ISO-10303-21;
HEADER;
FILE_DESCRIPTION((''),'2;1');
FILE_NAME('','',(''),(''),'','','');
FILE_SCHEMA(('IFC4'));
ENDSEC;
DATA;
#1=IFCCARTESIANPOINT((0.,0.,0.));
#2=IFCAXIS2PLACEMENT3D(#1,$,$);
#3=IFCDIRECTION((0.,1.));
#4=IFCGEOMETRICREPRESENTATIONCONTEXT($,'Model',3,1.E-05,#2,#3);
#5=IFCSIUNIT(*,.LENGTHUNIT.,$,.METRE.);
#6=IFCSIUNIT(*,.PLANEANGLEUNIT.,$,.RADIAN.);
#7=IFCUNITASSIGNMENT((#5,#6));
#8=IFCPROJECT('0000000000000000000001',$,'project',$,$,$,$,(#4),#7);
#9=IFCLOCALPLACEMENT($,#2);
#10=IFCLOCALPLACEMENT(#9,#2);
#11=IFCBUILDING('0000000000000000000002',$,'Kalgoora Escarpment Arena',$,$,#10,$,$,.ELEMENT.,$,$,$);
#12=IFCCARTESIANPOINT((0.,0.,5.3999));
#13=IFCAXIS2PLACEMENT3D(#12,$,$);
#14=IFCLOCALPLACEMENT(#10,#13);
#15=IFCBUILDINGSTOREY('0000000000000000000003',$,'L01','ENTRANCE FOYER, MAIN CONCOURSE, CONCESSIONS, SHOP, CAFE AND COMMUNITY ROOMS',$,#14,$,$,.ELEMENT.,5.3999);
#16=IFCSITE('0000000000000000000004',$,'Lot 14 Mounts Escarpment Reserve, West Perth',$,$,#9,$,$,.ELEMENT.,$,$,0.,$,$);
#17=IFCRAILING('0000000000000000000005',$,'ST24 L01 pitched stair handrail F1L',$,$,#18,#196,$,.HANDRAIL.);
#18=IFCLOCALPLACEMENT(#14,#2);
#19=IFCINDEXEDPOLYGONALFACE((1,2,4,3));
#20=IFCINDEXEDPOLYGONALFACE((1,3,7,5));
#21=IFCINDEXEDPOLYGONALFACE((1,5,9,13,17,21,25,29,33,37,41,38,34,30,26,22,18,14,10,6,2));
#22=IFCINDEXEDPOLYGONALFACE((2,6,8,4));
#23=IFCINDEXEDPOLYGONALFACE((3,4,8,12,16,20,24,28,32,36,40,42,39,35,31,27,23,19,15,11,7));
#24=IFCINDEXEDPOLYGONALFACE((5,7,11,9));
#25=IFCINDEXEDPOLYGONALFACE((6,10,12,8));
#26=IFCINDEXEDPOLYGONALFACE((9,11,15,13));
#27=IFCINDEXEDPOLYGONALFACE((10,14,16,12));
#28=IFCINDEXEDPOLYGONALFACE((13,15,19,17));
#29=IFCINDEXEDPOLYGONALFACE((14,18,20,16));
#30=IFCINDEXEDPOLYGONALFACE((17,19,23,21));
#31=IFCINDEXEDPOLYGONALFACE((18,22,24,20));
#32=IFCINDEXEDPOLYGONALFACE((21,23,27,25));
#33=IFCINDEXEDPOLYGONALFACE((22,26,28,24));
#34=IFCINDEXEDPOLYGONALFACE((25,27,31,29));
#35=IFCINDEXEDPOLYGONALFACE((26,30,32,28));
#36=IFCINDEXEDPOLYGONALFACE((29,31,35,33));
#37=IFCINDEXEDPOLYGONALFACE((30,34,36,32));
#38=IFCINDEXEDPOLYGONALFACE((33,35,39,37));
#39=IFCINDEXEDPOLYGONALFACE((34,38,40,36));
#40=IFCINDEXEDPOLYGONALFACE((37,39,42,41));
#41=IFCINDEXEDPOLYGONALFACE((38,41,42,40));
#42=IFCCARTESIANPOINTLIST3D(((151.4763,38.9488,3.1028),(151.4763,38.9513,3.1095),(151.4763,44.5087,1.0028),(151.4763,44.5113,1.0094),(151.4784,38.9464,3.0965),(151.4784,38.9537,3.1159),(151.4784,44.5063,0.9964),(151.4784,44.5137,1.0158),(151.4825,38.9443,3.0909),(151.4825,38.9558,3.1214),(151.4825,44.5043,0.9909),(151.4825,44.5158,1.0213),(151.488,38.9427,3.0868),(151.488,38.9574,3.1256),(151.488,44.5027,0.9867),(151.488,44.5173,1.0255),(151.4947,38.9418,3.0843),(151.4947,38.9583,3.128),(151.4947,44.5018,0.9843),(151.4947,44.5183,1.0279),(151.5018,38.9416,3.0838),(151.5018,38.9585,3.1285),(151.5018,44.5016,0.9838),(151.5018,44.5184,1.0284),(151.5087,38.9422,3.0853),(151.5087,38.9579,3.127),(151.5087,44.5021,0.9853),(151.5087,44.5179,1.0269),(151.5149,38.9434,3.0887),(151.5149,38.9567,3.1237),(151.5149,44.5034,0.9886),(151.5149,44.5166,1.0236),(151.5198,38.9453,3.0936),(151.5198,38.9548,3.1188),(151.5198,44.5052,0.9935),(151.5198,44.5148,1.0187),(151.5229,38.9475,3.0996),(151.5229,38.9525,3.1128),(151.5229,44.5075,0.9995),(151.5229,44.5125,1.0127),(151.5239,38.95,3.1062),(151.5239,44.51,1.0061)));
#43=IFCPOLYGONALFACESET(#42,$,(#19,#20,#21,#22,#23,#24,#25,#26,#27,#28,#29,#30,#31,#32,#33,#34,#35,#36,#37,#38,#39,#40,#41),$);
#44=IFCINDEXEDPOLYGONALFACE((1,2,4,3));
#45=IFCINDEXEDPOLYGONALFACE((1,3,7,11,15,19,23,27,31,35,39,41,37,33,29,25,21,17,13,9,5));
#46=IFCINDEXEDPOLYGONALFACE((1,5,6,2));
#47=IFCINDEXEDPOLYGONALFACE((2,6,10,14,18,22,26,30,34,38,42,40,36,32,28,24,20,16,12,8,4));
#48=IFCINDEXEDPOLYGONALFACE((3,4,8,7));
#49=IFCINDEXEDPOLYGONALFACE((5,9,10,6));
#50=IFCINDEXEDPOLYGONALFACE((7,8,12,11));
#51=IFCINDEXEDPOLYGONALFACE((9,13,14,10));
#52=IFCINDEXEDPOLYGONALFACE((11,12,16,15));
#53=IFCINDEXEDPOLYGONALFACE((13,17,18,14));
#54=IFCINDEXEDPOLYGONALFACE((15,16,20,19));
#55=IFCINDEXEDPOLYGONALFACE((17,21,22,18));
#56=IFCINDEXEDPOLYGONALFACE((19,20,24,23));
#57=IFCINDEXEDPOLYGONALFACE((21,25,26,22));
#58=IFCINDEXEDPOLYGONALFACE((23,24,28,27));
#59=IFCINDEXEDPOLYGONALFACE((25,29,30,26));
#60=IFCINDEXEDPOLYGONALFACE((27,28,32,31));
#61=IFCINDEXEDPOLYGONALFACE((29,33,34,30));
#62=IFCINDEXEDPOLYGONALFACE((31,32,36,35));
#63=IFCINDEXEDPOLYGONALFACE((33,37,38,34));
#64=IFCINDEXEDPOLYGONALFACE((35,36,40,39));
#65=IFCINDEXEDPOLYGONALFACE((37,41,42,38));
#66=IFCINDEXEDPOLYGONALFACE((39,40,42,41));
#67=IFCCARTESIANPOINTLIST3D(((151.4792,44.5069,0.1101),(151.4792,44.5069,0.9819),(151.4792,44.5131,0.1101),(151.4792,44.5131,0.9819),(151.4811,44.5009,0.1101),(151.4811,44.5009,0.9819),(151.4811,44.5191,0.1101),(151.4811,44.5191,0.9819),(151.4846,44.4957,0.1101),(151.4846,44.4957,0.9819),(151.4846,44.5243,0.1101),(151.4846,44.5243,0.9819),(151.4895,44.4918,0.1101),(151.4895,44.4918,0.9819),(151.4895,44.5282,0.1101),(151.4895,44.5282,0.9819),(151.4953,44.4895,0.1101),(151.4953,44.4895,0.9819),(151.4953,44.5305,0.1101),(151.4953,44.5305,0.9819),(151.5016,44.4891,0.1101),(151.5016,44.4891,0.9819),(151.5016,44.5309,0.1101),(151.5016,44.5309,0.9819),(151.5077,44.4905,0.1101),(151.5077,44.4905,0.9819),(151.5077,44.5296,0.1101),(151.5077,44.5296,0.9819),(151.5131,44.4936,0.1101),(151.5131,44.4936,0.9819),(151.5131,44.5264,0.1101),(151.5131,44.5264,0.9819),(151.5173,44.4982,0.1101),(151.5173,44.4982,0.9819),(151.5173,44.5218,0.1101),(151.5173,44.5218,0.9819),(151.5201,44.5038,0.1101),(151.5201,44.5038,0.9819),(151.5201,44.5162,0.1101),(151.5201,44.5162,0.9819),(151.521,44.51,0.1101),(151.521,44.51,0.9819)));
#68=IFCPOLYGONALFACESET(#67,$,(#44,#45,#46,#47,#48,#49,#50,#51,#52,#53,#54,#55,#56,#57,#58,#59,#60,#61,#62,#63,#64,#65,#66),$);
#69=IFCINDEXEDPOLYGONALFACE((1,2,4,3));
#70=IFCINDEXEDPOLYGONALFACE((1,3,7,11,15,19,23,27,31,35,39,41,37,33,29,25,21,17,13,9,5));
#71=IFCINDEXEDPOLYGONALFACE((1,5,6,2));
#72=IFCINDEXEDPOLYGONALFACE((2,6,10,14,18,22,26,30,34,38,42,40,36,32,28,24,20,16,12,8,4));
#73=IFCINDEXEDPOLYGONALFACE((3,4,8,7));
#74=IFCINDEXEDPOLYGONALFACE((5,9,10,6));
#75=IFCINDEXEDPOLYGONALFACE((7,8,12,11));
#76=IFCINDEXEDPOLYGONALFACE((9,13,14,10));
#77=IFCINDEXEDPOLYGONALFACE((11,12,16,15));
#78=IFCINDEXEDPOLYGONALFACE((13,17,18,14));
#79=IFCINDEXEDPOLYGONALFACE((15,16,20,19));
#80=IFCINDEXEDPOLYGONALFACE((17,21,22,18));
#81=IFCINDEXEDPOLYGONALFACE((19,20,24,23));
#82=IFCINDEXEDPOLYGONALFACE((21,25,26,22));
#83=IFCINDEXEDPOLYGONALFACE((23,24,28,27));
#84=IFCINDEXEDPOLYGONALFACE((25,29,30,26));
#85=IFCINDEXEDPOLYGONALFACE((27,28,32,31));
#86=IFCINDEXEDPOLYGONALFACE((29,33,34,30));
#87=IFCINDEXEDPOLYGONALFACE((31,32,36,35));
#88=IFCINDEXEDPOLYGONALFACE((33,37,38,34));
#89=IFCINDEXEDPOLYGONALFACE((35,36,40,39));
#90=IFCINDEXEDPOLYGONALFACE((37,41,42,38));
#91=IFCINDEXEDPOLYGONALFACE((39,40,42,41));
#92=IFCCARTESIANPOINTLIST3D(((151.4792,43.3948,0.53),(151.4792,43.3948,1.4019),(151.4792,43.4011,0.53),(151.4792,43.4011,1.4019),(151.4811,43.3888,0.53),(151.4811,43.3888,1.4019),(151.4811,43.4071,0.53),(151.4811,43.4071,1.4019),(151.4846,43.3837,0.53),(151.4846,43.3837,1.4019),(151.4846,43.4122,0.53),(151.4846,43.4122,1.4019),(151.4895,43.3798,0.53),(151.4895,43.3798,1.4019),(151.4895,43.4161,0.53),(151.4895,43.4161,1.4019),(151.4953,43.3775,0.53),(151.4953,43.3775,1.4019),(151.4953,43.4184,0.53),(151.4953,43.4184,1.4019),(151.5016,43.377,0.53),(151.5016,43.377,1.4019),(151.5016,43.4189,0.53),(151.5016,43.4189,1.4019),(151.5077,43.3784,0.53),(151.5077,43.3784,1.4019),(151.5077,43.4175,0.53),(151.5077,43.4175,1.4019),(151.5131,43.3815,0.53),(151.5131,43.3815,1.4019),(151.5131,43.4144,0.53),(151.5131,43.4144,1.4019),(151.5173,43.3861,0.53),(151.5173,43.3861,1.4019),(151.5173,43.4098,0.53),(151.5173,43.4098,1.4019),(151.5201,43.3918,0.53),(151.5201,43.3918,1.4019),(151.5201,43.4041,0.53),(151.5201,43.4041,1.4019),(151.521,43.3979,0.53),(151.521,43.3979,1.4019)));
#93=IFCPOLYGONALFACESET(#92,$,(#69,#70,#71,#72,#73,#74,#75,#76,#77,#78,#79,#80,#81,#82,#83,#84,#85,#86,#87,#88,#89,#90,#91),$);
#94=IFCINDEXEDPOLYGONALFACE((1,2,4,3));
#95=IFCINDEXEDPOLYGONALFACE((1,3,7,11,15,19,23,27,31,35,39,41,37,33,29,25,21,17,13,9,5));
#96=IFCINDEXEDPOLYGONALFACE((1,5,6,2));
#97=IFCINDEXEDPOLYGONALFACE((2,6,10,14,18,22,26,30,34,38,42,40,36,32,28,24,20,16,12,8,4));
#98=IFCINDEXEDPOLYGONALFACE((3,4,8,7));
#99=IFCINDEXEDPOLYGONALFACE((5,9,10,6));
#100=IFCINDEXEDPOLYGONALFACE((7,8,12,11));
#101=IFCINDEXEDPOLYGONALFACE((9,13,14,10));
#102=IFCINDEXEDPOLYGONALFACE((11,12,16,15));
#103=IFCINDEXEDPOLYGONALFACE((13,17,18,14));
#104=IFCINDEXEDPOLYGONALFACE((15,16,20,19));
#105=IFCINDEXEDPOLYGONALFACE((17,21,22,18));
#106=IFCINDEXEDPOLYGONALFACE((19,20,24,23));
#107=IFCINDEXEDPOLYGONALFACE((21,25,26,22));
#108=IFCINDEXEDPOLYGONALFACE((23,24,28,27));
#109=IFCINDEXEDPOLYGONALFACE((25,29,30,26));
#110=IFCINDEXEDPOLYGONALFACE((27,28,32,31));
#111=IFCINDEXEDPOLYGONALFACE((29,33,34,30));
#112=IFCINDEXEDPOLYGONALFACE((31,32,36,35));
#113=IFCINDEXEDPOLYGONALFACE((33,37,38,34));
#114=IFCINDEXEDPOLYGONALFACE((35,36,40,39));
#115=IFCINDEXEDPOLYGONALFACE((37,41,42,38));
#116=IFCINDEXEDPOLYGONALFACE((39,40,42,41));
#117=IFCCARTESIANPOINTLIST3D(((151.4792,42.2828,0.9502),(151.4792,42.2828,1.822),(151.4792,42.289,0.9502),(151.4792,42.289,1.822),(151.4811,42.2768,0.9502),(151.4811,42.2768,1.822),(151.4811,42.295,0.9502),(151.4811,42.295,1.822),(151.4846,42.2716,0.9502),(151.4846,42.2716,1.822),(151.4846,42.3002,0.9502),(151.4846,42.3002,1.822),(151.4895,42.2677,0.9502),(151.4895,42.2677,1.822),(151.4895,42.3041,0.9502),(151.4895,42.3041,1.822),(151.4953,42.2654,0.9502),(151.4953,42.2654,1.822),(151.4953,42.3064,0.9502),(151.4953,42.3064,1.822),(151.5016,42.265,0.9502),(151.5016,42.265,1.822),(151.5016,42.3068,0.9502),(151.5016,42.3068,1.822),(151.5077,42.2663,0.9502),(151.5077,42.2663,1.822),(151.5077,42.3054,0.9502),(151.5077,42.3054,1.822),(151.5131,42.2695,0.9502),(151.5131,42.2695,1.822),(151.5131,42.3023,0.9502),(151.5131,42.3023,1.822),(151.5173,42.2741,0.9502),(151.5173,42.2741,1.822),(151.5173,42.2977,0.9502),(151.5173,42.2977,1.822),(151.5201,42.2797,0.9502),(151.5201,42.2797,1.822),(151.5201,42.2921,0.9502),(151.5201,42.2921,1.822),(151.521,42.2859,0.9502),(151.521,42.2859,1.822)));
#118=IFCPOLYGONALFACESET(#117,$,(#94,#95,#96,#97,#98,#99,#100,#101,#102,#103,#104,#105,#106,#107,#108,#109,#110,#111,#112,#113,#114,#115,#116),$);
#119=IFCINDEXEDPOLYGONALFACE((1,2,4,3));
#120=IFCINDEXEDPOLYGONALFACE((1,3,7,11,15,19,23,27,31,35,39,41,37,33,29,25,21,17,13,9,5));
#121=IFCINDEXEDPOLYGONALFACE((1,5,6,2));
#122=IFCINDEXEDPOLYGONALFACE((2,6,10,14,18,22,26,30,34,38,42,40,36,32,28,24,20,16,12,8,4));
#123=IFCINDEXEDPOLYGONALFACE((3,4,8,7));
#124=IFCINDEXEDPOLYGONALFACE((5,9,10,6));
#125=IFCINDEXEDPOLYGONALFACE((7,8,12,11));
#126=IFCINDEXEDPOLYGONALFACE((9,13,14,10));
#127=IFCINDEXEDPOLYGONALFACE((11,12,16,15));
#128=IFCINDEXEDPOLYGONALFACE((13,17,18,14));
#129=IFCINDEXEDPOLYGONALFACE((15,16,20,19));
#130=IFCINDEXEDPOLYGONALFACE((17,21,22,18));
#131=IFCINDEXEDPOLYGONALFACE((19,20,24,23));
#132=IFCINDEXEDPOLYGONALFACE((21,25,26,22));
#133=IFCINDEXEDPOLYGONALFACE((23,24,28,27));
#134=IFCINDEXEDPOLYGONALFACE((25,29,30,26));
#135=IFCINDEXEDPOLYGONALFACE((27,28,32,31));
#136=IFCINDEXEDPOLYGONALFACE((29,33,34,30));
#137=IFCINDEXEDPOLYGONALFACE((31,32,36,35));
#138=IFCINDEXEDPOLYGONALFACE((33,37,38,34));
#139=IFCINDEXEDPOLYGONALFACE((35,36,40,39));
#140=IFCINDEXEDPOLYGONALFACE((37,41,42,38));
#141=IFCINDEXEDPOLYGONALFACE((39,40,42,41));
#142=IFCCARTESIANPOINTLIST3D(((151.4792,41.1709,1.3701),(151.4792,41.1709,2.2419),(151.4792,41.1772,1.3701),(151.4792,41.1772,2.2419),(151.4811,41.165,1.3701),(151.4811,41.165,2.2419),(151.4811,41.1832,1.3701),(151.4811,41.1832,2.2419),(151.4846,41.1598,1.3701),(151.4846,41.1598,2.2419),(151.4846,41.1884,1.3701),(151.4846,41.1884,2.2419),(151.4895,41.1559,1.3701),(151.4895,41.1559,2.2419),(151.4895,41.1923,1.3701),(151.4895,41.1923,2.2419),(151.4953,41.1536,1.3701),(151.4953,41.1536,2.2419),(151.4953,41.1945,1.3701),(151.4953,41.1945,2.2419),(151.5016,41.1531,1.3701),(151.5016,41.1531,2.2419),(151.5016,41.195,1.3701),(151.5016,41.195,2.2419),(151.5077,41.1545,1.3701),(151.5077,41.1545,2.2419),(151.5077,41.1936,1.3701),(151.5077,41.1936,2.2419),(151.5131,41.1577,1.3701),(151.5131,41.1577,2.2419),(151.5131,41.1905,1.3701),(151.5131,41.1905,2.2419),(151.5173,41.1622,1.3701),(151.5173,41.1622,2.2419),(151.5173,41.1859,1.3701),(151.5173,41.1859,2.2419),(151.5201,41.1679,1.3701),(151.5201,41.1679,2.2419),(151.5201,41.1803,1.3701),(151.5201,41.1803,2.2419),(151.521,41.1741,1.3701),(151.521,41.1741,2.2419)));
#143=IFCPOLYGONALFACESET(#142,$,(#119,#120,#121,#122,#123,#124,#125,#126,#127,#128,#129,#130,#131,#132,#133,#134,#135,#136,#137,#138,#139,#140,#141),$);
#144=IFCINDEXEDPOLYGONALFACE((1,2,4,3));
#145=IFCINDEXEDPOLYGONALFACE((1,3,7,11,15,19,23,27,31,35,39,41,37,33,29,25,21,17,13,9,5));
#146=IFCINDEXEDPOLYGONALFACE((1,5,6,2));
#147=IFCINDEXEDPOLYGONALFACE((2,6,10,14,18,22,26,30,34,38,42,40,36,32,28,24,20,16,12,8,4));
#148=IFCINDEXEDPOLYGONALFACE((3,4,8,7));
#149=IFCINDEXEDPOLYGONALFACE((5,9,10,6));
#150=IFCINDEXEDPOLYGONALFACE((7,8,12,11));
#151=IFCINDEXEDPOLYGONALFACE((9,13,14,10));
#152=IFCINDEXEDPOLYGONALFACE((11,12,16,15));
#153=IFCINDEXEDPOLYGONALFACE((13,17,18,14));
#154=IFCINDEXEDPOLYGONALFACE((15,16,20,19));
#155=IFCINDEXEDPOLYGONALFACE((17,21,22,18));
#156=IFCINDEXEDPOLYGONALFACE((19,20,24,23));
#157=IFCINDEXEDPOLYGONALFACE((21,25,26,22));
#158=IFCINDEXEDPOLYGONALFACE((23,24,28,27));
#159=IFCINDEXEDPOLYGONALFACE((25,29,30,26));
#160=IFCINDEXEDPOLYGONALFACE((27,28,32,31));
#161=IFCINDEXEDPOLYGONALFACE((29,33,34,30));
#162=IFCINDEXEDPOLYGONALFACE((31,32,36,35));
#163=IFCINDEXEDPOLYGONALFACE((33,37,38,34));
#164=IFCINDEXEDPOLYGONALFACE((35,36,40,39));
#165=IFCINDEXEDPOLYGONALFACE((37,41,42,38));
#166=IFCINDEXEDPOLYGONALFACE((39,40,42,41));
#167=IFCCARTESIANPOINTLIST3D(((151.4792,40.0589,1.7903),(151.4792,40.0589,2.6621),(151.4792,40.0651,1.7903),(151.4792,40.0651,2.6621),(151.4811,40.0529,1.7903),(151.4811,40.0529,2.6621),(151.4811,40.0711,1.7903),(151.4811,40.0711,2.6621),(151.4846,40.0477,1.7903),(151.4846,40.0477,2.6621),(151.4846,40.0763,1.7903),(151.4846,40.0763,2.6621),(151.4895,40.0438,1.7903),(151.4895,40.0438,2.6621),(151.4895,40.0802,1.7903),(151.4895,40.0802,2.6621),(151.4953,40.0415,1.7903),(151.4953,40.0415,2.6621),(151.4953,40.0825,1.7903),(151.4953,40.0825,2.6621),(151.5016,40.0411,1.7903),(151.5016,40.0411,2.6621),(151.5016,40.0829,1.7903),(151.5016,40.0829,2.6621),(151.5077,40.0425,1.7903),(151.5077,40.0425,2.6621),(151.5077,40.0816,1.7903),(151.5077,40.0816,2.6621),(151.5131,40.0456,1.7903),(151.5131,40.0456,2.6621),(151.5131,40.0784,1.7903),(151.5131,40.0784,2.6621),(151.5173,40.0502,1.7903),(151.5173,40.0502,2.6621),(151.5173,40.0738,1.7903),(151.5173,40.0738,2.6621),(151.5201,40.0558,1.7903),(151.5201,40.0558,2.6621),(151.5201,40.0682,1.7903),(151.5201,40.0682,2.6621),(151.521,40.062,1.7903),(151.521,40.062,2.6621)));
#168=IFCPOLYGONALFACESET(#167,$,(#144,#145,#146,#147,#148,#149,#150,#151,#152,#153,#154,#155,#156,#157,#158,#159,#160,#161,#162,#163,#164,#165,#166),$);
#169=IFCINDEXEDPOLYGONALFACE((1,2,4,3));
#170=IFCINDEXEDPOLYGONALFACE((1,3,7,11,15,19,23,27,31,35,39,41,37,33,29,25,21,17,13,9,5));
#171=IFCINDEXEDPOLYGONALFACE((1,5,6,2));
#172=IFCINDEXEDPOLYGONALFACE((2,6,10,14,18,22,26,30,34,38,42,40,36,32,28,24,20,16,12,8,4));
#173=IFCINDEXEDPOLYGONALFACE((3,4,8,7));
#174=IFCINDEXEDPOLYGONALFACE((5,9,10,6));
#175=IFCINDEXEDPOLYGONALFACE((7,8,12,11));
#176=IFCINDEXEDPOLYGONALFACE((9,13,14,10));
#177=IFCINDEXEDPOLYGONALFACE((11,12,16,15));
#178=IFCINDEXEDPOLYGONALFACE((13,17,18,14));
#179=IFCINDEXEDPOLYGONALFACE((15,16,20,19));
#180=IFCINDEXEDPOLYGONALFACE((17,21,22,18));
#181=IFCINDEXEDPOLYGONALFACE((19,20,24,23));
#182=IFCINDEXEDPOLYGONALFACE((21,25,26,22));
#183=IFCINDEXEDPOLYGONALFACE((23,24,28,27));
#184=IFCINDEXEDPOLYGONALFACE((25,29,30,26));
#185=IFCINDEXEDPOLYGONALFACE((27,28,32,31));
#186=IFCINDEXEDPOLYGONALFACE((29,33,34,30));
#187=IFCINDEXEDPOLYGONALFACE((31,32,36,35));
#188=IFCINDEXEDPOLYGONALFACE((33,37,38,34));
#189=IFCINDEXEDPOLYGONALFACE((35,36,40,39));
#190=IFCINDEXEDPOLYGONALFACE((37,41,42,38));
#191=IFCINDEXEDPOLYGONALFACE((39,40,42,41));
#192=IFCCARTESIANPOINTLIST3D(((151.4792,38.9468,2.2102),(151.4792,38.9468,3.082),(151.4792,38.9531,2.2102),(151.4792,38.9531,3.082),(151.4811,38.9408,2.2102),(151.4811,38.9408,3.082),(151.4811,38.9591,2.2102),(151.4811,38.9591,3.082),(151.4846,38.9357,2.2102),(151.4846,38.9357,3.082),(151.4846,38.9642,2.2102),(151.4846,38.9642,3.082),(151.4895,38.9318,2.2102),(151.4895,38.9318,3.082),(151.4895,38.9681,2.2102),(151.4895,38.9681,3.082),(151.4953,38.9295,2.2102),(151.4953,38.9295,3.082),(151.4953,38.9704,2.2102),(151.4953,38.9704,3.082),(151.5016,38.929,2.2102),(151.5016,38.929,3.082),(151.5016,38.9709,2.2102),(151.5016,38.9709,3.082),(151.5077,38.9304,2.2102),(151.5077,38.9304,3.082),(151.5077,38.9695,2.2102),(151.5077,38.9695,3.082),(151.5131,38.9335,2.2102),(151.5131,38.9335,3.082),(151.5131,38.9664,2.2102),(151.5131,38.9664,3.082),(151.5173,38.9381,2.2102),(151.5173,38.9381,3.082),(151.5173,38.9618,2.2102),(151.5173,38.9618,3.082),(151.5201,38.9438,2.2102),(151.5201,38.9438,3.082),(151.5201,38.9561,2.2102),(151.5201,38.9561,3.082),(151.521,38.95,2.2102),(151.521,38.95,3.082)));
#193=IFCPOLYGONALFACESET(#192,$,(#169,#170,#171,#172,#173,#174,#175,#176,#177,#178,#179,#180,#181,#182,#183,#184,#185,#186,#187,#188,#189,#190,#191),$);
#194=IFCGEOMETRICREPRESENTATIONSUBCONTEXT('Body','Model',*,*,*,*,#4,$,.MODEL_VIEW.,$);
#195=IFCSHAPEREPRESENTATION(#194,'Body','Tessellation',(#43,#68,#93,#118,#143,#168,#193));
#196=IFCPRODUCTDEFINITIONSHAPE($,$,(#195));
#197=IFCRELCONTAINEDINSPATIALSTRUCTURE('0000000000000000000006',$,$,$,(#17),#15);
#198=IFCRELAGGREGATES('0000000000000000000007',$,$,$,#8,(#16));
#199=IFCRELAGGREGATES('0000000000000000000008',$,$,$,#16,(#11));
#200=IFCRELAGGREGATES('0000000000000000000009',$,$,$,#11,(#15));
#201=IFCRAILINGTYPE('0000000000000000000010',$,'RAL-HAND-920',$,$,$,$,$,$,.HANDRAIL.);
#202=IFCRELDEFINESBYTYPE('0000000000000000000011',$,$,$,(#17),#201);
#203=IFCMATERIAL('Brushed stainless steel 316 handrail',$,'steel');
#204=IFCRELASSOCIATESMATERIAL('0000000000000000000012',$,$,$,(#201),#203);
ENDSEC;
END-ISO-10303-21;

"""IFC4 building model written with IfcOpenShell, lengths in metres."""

from ifc_helpers import new_model, si_unit, direction, frame, origin, origin_2d, place, context, subcontext, project, spatial, circle, extrude, material, type_object, element, save


model = new_model("IFC4")

# Units and contexts
model_context = context("Model", 3, precision=1e-05, world=origin(), true_north=direction((0.0, 1.0)))
body_context = subcontext(model_context, "Body", "Model", "MODEL_VIEW")
ifc_project = project(units=[si_unit("LENGTHUNIT", "METRE"), si_unit("PLANEANGLEUNIT", "RADIAN")], contexts=[model_context])

# Site, building, storey
site_placement = place(None, origin())
site = spatial("IfcSite", under=ifc_project, at=site_placement, Name="Lot 14 Mounts Escarpment Reserve, West Perth", CompositionType="ELEMENT", RefElevation=0.0)
building_placement = place(site_placement, origin())
building = spatial("IfcBuilding", under=site, at=building_placement, Name="Kalgoora Escarpment Arena", CompositionType="ELEMENT")
storey_placement = place(building_placement, frame((0.0, 0.0, 5.3999)))
storey = spatial("IfcBuildingStorey", under=building, at=storey_placement, Name="L01", Description="ENTRANCE FOYER, MAIN CONCOURSE, CONCESSIONS, SHOP, CAFE AND COMMUNITY ROOMS", CompositionType="ELEMENT", Elevation=5.3999)

# Railing
ifc_material_1 = material(Name="Brushed stainless steel 316 handrail", Category="steel")
railing_type_1 = type_object("IfcRailingType", Name="RAL-HAND-920", PredefinedType="HANDRAIL", material=ifc_material_1)
for number, where, name in (
    (1, (151.5, 44.51, 0.1101), "ST24 L01 pitched stair handrail F1L"),
):
    element("IfcRailing", number, at=place(storey_placement, frame(where)), inside=storey, type_object=railing_type_1, Name=name, PredefinedType="HANDRAIL", context=body_context, shape_type="SweptSolid", body=[
        extrude(circle(Radius=0.0239, at=origin_2d()), frame((0.0, 0.0, 0.896), z_axis=(0.0, -0.935493, 0.353346), x_axis=(1.0, 0.0, 0.0)), (0.0, 0.0, 1.0), 5.9434),
        extrude(circle(Radius=0.021, at=origin_2d()), origin(), (0.0, 0.0, 1.0), 0.8718),
        extrude(circle(Radius=0.021, at=origin_2d()), frame((0.0, -1.1121, 0.4199)), (0.0, 0.0, 1.0), 0.8718),
        extrude(circle(Radius=0.021, at=origin_2d()), frame((0.0, -2.2241, 0.8401)), (0.0, 0.0, 1.0), 0.8718),
        extrude(circle(Radius=0.021, at=origin_2d()), frame((0.0, -3.3359, 1.26)), (0.0, 0.0, 1.0), 0.8718),
        extrude(circle(Radius=0.021, at=origin_2d()), frame((0.0, -4.448, 1.6802)), (0.0, 0.0, 1.0), 0.8718),
        extrude(circle(Radius=0.021, at=origin_2d()), frame((0.0, -5.5601, 2.1001)), (0.0, 0.0, 1.0), 0.8718),
    ])

save(model, "model.ifc")
